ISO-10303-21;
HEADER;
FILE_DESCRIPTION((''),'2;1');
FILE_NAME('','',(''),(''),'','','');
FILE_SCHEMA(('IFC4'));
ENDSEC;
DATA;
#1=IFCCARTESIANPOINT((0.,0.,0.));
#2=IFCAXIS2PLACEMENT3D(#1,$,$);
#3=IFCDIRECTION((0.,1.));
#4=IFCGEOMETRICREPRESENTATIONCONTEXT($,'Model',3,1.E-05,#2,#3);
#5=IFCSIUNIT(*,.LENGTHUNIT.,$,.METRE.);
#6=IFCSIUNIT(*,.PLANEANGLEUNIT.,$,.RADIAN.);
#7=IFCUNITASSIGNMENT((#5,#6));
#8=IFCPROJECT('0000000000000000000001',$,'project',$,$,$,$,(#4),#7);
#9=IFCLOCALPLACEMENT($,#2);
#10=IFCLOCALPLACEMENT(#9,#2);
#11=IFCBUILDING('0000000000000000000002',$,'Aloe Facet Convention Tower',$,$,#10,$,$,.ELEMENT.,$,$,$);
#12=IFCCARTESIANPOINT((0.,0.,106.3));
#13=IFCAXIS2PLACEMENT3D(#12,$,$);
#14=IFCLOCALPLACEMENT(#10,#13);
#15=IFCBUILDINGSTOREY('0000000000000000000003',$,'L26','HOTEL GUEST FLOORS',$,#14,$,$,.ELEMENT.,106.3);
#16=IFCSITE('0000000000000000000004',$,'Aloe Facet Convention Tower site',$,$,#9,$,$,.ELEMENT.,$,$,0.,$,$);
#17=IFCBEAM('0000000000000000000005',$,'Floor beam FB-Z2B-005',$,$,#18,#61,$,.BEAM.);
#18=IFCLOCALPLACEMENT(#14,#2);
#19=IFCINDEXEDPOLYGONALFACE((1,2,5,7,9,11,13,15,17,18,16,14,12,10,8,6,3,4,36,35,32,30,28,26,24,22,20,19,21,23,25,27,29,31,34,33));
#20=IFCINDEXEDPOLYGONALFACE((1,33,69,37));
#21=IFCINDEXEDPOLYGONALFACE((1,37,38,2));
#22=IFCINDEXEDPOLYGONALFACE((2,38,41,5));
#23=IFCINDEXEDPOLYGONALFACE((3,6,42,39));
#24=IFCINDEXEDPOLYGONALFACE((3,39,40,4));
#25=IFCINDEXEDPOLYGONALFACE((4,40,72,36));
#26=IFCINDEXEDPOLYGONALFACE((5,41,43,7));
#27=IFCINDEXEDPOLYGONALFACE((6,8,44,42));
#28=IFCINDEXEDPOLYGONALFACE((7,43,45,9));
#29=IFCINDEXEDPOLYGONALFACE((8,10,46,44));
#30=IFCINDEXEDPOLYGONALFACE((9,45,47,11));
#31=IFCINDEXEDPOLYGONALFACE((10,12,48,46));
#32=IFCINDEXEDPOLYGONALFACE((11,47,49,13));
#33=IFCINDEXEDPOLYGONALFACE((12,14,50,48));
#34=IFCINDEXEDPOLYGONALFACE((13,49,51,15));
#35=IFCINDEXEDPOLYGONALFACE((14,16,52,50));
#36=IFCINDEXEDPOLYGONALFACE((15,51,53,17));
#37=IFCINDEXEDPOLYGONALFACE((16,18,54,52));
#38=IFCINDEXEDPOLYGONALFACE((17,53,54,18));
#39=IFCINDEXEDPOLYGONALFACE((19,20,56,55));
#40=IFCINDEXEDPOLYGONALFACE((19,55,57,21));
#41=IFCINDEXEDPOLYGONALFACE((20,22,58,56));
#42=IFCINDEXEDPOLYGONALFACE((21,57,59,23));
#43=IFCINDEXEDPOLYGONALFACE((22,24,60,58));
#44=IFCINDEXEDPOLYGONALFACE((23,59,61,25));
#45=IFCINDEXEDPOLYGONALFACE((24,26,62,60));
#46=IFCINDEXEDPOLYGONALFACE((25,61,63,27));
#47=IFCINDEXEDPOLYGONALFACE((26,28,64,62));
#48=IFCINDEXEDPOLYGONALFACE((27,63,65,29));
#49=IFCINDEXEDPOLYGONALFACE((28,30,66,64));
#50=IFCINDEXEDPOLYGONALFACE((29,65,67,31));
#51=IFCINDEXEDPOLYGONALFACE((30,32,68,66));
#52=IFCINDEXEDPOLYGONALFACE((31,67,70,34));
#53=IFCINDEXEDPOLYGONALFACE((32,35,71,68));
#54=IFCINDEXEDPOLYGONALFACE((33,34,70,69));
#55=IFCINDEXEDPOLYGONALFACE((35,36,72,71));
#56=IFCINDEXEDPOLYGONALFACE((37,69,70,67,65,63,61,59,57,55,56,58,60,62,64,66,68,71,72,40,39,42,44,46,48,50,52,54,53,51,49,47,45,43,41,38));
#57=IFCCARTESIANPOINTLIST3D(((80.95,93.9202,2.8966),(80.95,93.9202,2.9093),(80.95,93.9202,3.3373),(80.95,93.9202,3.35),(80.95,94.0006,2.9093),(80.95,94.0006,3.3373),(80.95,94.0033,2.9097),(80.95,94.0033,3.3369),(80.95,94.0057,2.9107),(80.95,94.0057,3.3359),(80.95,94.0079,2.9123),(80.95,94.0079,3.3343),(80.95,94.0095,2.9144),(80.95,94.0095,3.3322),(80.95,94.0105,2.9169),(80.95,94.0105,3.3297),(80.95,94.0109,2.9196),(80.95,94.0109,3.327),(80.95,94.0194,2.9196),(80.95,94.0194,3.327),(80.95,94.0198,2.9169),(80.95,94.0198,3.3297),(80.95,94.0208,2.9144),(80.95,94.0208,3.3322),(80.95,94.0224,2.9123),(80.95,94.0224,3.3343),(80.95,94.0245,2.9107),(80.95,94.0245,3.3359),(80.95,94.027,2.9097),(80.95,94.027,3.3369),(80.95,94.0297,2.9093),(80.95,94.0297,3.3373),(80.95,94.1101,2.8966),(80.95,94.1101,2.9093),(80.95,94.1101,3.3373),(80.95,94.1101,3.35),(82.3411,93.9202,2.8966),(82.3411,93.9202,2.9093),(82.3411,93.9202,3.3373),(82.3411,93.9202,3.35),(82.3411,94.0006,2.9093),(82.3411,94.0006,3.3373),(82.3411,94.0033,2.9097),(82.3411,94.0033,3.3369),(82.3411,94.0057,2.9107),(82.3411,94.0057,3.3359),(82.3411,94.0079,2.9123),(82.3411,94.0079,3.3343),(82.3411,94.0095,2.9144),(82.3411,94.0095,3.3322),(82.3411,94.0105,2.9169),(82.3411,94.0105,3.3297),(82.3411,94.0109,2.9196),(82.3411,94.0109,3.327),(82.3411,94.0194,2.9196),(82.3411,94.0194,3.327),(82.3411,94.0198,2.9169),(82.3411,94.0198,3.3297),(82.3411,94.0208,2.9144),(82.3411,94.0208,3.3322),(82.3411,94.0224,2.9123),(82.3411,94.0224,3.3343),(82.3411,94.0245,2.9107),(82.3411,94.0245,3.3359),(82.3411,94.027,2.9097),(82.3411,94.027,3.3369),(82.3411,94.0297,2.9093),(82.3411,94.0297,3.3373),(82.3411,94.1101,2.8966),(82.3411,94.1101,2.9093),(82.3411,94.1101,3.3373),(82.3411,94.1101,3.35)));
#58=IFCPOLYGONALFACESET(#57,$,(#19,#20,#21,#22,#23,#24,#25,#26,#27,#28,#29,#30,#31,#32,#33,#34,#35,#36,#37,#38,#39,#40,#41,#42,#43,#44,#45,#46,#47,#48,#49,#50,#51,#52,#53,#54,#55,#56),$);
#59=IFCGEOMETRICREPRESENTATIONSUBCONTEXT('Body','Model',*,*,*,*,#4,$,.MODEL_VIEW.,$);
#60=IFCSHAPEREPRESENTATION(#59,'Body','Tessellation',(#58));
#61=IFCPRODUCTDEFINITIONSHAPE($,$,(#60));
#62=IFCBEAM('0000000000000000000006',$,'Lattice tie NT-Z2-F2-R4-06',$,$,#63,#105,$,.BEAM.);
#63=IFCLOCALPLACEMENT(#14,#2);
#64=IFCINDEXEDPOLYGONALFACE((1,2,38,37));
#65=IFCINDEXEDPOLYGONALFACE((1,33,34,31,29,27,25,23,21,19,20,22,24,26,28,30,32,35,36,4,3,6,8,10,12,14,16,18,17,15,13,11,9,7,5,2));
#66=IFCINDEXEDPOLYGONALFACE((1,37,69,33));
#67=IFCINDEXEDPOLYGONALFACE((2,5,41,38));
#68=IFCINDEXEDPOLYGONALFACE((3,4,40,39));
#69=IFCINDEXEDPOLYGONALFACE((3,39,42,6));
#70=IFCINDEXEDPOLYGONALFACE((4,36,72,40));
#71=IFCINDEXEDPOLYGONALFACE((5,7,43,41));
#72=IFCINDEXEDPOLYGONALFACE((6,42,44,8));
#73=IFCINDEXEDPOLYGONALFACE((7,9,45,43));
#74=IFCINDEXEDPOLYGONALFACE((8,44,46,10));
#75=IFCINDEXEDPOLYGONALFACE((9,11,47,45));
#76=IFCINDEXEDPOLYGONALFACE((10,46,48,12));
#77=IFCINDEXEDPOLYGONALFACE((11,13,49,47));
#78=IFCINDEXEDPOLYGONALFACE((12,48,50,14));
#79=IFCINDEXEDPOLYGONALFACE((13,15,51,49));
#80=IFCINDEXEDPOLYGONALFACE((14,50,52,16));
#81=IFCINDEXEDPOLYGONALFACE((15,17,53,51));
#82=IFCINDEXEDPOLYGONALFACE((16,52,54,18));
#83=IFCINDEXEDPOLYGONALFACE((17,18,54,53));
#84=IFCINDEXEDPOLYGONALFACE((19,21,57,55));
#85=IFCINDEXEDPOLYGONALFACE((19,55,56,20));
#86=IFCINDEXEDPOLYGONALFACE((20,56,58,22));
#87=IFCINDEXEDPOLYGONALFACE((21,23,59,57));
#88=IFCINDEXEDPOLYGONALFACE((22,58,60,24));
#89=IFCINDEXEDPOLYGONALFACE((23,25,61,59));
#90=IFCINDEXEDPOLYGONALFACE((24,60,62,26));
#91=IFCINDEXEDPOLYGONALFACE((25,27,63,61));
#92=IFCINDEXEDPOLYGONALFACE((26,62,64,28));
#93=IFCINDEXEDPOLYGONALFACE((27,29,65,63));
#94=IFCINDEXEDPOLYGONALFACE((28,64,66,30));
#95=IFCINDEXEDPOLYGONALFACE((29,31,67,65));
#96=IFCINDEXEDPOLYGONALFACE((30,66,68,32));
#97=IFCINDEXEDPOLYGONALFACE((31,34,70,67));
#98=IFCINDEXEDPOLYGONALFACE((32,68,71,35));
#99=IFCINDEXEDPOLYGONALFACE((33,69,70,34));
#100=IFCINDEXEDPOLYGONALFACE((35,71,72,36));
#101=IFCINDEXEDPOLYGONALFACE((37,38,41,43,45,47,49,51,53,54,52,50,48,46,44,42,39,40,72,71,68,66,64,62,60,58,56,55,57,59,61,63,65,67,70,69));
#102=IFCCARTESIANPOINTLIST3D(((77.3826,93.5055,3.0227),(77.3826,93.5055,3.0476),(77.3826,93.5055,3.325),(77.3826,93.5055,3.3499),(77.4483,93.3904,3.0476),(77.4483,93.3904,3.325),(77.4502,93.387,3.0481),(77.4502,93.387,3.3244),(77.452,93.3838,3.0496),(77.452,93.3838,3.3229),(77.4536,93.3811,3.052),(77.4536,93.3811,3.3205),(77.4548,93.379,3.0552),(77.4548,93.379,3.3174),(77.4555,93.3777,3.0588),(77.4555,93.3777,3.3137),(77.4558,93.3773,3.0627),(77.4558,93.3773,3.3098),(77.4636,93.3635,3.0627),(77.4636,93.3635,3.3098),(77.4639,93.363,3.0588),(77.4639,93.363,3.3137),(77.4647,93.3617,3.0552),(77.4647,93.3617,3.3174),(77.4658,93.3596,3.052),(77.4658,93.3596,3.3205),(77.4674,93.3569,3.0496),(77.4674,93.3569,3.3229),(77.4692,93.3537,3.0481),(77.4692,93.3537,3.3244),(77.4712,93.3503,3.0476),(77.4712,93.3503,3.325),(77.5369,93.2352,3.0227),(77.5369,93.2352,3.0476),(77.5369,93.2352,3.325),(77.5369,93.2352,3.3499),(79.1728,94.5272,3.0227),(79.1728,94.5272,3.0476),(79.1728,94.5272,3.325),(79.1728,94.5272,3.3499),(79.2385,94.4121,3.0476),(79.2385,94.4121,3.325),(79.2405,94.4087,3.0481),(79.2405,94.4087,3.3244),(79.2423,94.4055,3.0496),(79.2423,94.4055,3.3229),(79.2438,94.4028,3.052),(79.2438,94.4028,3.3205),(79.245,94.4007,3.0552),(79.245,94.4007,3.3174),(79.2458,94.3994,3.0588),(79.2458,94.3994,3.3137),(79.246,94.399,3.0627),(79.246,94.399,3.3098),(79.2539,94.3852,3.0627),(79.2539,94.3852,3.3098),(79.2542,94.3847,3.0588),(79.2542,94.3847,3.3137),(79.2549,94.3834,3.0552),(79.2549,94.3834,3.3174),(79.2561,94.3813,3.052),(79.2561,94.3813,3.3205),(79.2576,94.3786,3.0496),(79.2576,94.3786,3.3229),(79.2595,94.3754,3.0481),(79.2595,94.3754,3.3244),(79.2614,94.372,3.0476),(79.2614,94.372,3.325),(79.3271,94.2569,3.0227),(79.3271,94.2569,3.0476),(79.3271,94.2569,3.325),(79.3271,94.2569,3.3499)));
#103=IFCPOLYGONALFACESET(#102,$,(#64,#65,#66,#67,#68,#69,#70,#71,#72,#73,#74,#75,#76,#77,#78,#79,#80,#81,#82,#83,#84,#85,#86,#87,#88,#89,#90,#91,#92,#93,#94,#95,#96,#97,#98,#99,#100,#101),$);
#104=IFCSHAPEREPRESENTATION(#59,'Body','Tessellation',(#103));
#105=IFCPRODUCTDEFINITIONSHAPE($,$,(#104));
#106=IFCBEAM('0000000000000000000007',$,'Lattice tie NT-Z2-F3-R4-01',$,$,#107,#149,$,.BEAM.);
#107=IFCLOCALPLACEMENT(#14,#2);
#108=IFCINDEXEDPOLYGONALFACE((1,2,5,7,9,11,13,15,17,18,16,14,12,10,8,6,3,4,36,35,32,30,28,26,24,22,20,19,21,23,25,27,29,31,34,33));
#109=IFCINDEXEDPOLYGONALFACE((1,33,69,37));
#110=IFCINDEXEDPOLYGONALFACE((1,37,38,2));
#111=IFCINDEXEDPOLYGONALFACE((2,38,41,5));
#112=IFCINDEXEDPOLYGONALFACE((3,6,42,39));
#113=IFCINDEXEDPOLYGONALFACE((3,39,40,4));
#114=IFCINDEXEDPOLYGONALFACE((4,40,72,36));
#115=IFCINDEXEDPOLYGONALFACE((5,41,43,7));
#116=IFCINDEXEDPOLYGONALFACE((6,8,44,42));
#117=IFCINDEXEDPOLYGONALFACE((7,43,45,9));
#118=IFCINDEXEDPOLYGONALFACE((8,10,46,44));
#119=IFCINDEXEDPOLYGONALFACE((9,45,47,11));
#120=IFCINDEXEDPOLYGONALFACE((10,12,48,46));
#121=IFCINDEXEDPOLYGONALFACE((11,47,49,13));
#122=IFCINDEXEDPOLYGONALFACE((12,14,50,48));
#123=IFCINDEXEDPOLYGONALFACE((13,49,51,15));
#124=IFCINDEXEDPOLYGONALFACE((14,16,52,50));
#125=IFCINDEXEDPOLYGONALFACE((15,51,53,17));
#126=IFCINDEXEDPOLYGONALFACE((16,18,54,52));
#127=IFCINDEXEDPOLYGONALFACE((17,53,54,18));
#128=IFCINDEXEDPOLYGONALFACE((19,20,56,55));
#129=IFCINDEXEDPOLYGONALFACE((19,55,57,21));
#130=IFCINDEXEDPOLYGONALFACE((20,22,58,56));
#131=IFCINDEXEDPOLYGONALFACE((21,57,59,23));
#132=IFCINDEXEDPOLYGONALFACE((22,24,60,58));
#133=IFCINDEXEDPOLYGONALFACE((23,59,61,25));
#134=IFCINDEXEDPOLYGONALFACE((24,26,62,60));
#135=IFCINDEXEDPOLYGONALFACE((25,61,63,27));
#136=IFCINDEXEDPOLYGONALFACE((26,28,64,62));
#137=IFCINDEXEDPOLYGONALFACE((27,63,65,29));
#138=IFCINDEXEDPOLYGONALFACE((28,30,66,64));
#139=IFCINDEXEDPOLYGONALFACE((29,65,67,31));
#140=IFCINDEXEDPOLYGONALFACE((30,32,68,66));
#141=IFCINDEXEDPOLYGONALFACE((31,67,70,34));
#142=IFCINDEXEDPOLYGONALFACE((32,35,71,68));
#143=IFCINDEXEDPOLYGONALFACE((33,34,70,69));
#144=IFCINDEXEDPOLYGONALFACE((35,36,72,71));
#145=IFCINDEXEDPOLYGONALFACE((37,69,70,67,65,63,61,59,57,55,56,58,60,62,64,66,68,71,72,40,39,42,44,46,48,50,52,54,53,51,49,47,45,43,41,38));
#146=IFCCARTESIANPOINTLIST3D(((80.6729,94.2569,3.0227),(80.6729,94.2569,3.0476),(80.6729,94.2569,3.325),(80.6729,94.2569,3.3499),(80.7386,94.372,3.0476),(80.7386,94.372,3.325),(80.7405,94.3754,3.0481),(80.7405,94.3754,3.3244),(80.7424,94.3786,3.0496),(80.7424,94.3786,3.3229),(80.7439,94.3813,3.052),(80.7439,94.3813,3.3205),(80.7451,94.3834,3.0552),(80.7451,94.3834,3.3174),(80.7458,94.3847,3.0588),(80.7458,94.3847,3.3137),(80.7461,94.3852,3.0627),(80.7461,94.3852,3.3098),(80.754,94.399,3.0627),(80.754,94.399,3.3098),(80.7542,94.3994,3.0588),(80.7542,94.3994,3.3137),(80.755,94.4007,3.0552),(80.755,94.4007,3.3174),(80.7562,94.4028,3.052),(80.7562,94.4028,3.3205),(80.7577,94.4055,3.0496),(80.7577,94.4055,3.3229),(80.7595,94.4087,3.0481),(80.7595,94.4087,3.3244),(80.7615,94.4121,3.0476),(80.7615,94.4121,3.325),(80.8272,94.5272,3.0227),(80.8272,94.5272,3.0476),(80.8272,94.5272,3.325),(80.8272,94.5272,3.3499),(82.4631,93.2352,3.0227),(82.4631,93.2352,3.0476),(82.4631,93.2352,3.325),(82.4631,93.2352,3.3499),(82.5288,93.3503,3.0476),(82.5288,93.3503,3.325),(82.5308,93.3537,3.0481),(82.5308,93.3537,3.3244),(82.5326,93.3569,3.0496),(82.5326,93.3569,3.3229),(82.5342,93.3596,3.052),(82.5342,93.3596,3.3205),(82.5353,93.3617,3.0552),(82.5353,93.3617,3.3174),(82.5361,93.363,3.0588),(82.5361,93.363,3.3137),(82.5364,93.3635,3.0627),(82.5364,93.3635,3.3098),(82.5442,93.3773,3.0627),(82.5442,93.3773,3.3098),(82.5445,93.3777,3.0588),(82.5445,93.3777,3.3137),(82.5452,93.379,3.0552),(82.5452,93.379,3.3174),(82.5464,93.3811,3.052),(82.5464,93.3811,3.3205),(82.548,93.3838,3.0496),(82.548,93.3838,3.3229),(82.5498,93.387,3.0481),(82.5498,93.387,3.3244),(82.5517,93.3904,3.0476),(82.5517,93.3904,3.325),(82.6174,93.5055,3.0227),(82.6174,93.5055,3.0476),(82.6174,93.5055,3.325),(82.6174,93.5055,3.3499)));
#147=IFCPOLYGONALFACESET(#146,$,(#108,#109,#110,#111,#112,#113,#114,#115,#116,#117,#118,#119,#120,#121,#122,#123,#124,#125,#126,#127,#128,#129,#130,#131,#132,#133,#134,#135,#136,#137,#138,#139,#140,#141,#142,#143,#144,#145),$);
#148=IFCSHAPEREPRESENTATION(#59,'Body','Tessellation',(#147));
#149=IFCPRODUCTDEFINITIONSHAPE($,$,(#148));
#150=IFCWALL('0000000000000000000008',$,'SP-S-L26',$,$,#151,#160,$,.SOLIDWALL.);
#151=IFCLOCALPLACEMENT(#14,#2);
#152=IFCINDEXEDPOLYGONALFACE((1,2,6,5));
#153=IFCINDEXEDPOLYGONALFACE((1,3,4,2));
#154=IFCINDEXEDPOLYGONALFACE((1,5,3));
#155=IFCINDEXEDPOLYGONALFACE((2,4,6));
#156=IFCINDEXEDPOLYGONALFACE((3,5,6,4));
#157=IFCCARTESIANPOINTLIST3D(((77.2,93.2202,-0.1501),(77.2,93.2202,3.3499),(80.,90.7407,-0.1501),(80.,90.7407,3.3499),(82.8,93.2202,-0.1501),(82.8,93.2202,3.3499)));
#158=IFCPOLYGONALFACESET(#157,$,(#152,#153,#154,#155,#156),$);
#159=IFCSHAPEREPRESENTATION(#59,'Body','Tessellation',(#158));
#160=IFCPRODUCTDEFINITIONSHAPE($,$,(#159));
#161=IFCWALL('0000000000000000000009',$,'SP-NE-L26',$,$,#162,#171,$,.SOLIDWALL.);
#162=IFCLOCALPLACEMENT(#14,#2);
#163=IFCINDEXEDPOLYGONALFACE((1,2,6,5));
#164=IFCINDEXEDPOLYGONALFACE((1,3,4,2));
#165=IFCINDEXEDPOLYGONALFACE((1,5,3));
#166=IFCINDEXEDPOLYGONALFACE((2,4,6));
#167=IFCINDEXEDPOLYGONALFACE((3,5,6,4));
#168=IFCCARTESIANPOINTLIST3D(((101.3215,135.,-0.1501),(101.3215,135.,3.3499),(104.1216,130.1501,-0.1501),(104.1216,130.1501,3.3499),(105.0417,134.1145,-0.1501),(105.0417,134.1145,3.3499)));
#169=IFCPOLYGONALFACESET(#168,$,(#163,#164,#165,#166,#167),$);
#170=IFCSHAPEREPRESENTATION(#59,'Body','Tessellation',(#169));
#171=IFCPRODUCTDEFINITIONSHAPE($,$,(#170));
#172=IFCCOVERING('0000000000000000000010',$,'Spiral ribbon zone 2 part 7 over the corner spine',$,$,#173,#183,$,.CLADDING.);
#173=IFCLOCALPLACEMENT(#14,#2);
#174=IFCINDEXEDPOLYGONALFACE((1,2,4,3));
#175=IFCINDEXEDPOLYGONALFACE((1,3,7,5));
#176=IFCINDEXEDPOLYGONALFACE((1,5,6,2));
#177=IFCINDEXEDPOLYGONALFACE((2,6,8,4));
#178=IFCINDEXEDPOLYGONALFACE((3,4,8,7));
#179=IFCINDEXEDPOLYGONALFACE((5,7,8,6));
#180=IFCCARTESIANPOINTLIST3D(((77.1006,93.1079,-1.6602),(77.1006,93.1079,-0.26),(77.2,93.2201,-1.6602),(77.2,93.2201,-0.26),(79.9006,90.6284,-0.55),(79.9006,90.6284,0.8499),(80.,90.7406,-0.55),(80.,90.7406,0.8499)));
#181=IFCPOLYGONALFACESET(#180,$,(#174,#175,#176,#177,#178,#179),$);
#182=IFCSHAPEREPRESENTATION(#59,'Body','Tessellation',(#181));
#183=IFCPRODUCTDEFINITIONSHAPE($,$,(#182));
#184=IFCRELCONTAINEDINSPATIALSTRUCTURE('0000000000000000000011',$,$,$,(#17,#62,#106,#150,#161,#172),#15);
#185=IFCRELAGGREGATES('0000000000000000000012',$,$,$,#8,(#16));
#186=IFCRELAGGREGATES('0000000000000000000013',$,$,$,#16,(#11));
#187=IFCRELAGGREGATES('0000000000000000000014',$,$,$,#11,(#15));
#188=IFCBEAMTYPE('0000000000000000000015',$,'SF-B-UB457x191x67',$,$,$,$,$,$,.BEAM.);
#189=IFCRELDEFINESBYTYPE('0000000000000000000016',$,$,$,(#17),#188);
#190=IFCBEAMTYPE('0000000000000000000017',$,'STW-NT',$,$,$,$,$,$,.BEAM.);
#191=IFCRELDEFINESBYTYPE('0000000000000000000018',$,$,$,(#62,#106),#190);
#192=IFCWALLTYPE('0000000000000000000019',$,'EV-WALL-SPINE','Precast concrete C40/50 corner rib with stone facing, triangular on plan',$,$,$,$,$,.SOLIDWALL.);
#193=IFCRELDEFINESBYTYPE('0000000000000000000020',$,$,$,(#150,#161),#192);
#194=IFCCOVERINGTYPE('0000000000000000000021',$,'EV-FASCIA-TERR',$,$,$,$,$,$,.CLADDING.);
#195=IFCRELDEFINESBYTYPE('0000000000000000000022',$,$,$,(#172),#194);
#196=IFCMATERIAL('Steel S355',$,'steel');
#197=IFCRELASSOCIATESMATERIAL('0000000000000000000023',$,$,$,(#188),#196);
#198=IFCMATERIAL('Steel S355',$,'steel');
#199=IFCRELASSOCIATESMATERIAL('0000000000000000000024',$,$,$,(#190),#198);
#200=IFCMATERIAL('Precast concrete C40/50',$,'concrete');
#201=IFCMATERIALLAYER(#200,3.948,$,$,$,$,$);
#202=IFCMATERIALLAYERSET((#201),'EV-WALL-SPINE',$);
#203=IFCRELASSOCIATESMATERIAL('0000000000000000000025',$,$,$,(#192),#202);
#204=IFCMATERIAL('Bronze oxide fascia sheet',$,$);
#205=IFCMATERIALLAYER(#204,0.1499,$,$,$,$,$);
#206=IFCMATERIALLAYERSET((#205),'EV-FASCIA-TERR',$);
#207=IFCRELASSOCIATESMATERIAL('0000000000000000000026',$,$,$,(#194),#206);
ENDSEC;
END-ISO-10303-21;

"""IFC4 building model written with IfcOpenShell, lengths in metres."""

from ifc_helpers import new_model, si_unit, direction, frame, origin, origin_2d, place, context, subcontext, project, spatial, polyline, i_section, outline, extrude, material, layer, layer_set, material_profile, profile_set, type_object, element, save


model = new_model("IFC4")

# Units and contexts
model_context = context("Model", 3, precision=1e-05, world=origin(), true_north=direction((0.0, 1.0)))
body_context = subcontext(model_context, "Body", "Model", "MODEL_VIEW")
ifc_project = project(units=[si_unit("LENGTHUNIT", "METRE"), si_unit("PLANEANGLEUNIT", "RADIAN")], contexts=[model_context])

# Site, building, storey
site_placement = place(None, origin())
site = spatial("IfcSite", under=ifc_project, at=site_placement, Name="Aloe Facet Convention Tower site", CompositionType="ELEMENT", RefElevation=0.0)
building_placement = place(site_placement, origin())
building = spatial("IfcBuilding", under=site, at=building_placement, Name="Aloe Facet Convention Tower", CompositionType="ELEMENT")
storey_placement = place(building_placement, frame((0.0, 0.0, 106.3)))
storey = spatial("IfcBuildingStorey", under=building, at=storey_placement, Name="L26", Description="HOTEL GUEST FLOORS", CompositionType="ELEMENT", Elevation=106.3)

# Beams
ifc_material_1 = material(Name="Steel S355", Category="steel")
ifc_material_profile_1 = material_profile(ifc_material_1, i_section(OverallWidth=0.1899, OverallDepth=0.4534, WebThickness=0.0085, FlangeThickness=0.0127, FilletRadius=0.0103, at=origin_2d()), Name="UB 457x191x67")
ifc_profile_set_1 = profile_set([ifc_material_profile_1], Name="Steel S355")
beam_type_1 = type_object("IfcBeamType", Name="SF-B-UB457x191x67", PredefinedType="BEAM", material=ifc_profile_set_1)
for number, where, z_axis, x_axis, name in (
    (1, (82.3411, 94.0151, 3.1233), (-1.0, 0.0, 0.0), (0.0, -1.0, 0.0), "Floor beam FB-Z2B-005"),
):
    element("IfcBeam", number, at=place(storey_placement, frame(where, z_axis=z_axis, x_axis=x_axis)), inside=storey, type_object=beam_type_1, Name=name, PredefinedType="BEAM", context=body_context, shape_type="SweptSolid", body=[
        extrude(i_section(OverallWidth=0.1899, OverallDepth=0.4534, WebThickness=0.0085, FlangeThickness=0.0127, FilletRadius=0.0103, at=origin_2d()), origin(), (0.0, 0.0, 1.0), 1.3911),
    ])
ifc_material_2 = material(Name="Steel S355", Category="steel")
ifc_material_profile_2 = material_profile(ifc_material_2, i_section(OverallWidth=0.3113, OverallDepth=0.3271, WebThickness=0.0159, FlangeThickness=0.0249, FilletRadius=0.0151, at=origin_2d()), Name="UC 305x305x158")
ifc_profile_set_2 = profile_set([ifc_material_profile_2], Name="Steel S355")
beam_type_2 = type_object("IfcBeamType", Name="STW-NT", PredefinedType="BEAM", material=ifc_profile_set_2)
for number, where, z_axis, x_axis, name in (
    (2, (77.4597, 93.3704, 3.1863), (0.868513, 0.495667, 0.0), (-0.495667, 0.868513, 0.0), "Lattice tie NT-Z2-F2-R4-06"),
    (3, (82.5403, 93.3704, 3.1863), (-0.868513, 0.495667, 0.0), (-0.495667, -0.868513, 0.0), "Lattice tie NT-Z2-F3-R4-01"),
):
    element("IfcBeam", number, at=place(storey_placement, frame(where, z_axis=z_axis, x_axis=x_axis)), inside=storey, type_object=beam_type_2, Name=name, PredefinedType="BEAM", context=body_context, shape_type="SweptSolid", body=[
        extrude(i_section(OverallWidth=0.3113, OverallDepth=0.3271, WebThickness=0.0159, FlangeThickness=0.0249, FilletRadius=0.0151, at=origin_2d()), origin(), (0.0, 0.0, 1.0), 2.0613),
    ])

# Walls
ifc_material_3 = material(Name="Precast concrete C40/50", Category="concrete")
ifc_layer_1 = layer(ifc_material_3, 3.948)
ifc_layer_set_1 = layer_set([ifc_layer_1], Name="EV-WALL-SPINE")
wall_type_1 = type_object("IfcWallType", Name="EV-WALL-SPINE", Description="Precast concrete C40/50 corner rib with stone facing, triangular on plan", PredefinedType="SOLIDWALL", material=ifc_layer_set_1)
wall_1_placement = place(storey_placement, frame((0.0, 0.0, -0.1501)))
element("IfcWall", 4, at=wall_1_placement, inside=storey, type_object=wall_type_1, Name="SP-S-L26", PredefinedType="SOLIDWALL", context=body_context, shape_type="SweptSolid", body=[
    extrude(outline(polyline([(77.2, 93.2202), (80.0, 90.7407), (82.8, 93.2202), (77.2, 93.2202)])), origin(), (0.0, 0.0, 1.0), 3.5),
])
wall_2_placement = place(storey_placement, frame((0.0, 0.0, -0.1501)))
element("IfcWall", 5, at=wall_2_placement, inside=storey, type_object=wall_type_1, Name="SP-NE-L26", PredefinedType="SOLIDWALL", context=body_context, shape_type="SweptSolid", body=[
    extrude(outline(polyline([(104.1216, 130.1501), (105.0417, 134.1145), (101.3215, 135.0), (104.1216, 130.1501)])), origin(), (0.0, 0.0, 1.0), 3.5),
])

# Covering
ifc_material_4 = material(Name="Bronze oxide fascia sheet")
ifc_layer_2 = layer(ifc_material_4, 0.1499)
ifc_layer_set_2 = layer_set([ifc_layer_2], Name="EV-FASCIA-TERR")
covering_type = type_object("IfcCoveringType", Name="EV-FASCIA-TERR", PredefinedType="CLADDING", material=ifc_layer_set_2)
covering_1_placement = place(storey_placement, frame((77.1006, 93.1079, -1.6602), z_axis=(-0.662953, -0.748661, 0.0), x_axis=(0.717714, -0.635548, 0.284545)))
element("IfcCovering", 6, at=covering_1_placement, inside=storey, type_object=covering_type, Name="Spiral ribbon zone 2 part 7 over the corner spine", PredefinedType="CLADDING", context=body_context, shape_type="SweptSolid", body=[
    extrude(outline(polyline([(0.0, 0.0), (3.9013, 0.0), (4.2997, 1.342), (0.3984, 1.3423), (0.0, 0.0)])), origin(), (0.0, 0.0, -1.0), 0.1499),
])

save(model, "model.ifc")
